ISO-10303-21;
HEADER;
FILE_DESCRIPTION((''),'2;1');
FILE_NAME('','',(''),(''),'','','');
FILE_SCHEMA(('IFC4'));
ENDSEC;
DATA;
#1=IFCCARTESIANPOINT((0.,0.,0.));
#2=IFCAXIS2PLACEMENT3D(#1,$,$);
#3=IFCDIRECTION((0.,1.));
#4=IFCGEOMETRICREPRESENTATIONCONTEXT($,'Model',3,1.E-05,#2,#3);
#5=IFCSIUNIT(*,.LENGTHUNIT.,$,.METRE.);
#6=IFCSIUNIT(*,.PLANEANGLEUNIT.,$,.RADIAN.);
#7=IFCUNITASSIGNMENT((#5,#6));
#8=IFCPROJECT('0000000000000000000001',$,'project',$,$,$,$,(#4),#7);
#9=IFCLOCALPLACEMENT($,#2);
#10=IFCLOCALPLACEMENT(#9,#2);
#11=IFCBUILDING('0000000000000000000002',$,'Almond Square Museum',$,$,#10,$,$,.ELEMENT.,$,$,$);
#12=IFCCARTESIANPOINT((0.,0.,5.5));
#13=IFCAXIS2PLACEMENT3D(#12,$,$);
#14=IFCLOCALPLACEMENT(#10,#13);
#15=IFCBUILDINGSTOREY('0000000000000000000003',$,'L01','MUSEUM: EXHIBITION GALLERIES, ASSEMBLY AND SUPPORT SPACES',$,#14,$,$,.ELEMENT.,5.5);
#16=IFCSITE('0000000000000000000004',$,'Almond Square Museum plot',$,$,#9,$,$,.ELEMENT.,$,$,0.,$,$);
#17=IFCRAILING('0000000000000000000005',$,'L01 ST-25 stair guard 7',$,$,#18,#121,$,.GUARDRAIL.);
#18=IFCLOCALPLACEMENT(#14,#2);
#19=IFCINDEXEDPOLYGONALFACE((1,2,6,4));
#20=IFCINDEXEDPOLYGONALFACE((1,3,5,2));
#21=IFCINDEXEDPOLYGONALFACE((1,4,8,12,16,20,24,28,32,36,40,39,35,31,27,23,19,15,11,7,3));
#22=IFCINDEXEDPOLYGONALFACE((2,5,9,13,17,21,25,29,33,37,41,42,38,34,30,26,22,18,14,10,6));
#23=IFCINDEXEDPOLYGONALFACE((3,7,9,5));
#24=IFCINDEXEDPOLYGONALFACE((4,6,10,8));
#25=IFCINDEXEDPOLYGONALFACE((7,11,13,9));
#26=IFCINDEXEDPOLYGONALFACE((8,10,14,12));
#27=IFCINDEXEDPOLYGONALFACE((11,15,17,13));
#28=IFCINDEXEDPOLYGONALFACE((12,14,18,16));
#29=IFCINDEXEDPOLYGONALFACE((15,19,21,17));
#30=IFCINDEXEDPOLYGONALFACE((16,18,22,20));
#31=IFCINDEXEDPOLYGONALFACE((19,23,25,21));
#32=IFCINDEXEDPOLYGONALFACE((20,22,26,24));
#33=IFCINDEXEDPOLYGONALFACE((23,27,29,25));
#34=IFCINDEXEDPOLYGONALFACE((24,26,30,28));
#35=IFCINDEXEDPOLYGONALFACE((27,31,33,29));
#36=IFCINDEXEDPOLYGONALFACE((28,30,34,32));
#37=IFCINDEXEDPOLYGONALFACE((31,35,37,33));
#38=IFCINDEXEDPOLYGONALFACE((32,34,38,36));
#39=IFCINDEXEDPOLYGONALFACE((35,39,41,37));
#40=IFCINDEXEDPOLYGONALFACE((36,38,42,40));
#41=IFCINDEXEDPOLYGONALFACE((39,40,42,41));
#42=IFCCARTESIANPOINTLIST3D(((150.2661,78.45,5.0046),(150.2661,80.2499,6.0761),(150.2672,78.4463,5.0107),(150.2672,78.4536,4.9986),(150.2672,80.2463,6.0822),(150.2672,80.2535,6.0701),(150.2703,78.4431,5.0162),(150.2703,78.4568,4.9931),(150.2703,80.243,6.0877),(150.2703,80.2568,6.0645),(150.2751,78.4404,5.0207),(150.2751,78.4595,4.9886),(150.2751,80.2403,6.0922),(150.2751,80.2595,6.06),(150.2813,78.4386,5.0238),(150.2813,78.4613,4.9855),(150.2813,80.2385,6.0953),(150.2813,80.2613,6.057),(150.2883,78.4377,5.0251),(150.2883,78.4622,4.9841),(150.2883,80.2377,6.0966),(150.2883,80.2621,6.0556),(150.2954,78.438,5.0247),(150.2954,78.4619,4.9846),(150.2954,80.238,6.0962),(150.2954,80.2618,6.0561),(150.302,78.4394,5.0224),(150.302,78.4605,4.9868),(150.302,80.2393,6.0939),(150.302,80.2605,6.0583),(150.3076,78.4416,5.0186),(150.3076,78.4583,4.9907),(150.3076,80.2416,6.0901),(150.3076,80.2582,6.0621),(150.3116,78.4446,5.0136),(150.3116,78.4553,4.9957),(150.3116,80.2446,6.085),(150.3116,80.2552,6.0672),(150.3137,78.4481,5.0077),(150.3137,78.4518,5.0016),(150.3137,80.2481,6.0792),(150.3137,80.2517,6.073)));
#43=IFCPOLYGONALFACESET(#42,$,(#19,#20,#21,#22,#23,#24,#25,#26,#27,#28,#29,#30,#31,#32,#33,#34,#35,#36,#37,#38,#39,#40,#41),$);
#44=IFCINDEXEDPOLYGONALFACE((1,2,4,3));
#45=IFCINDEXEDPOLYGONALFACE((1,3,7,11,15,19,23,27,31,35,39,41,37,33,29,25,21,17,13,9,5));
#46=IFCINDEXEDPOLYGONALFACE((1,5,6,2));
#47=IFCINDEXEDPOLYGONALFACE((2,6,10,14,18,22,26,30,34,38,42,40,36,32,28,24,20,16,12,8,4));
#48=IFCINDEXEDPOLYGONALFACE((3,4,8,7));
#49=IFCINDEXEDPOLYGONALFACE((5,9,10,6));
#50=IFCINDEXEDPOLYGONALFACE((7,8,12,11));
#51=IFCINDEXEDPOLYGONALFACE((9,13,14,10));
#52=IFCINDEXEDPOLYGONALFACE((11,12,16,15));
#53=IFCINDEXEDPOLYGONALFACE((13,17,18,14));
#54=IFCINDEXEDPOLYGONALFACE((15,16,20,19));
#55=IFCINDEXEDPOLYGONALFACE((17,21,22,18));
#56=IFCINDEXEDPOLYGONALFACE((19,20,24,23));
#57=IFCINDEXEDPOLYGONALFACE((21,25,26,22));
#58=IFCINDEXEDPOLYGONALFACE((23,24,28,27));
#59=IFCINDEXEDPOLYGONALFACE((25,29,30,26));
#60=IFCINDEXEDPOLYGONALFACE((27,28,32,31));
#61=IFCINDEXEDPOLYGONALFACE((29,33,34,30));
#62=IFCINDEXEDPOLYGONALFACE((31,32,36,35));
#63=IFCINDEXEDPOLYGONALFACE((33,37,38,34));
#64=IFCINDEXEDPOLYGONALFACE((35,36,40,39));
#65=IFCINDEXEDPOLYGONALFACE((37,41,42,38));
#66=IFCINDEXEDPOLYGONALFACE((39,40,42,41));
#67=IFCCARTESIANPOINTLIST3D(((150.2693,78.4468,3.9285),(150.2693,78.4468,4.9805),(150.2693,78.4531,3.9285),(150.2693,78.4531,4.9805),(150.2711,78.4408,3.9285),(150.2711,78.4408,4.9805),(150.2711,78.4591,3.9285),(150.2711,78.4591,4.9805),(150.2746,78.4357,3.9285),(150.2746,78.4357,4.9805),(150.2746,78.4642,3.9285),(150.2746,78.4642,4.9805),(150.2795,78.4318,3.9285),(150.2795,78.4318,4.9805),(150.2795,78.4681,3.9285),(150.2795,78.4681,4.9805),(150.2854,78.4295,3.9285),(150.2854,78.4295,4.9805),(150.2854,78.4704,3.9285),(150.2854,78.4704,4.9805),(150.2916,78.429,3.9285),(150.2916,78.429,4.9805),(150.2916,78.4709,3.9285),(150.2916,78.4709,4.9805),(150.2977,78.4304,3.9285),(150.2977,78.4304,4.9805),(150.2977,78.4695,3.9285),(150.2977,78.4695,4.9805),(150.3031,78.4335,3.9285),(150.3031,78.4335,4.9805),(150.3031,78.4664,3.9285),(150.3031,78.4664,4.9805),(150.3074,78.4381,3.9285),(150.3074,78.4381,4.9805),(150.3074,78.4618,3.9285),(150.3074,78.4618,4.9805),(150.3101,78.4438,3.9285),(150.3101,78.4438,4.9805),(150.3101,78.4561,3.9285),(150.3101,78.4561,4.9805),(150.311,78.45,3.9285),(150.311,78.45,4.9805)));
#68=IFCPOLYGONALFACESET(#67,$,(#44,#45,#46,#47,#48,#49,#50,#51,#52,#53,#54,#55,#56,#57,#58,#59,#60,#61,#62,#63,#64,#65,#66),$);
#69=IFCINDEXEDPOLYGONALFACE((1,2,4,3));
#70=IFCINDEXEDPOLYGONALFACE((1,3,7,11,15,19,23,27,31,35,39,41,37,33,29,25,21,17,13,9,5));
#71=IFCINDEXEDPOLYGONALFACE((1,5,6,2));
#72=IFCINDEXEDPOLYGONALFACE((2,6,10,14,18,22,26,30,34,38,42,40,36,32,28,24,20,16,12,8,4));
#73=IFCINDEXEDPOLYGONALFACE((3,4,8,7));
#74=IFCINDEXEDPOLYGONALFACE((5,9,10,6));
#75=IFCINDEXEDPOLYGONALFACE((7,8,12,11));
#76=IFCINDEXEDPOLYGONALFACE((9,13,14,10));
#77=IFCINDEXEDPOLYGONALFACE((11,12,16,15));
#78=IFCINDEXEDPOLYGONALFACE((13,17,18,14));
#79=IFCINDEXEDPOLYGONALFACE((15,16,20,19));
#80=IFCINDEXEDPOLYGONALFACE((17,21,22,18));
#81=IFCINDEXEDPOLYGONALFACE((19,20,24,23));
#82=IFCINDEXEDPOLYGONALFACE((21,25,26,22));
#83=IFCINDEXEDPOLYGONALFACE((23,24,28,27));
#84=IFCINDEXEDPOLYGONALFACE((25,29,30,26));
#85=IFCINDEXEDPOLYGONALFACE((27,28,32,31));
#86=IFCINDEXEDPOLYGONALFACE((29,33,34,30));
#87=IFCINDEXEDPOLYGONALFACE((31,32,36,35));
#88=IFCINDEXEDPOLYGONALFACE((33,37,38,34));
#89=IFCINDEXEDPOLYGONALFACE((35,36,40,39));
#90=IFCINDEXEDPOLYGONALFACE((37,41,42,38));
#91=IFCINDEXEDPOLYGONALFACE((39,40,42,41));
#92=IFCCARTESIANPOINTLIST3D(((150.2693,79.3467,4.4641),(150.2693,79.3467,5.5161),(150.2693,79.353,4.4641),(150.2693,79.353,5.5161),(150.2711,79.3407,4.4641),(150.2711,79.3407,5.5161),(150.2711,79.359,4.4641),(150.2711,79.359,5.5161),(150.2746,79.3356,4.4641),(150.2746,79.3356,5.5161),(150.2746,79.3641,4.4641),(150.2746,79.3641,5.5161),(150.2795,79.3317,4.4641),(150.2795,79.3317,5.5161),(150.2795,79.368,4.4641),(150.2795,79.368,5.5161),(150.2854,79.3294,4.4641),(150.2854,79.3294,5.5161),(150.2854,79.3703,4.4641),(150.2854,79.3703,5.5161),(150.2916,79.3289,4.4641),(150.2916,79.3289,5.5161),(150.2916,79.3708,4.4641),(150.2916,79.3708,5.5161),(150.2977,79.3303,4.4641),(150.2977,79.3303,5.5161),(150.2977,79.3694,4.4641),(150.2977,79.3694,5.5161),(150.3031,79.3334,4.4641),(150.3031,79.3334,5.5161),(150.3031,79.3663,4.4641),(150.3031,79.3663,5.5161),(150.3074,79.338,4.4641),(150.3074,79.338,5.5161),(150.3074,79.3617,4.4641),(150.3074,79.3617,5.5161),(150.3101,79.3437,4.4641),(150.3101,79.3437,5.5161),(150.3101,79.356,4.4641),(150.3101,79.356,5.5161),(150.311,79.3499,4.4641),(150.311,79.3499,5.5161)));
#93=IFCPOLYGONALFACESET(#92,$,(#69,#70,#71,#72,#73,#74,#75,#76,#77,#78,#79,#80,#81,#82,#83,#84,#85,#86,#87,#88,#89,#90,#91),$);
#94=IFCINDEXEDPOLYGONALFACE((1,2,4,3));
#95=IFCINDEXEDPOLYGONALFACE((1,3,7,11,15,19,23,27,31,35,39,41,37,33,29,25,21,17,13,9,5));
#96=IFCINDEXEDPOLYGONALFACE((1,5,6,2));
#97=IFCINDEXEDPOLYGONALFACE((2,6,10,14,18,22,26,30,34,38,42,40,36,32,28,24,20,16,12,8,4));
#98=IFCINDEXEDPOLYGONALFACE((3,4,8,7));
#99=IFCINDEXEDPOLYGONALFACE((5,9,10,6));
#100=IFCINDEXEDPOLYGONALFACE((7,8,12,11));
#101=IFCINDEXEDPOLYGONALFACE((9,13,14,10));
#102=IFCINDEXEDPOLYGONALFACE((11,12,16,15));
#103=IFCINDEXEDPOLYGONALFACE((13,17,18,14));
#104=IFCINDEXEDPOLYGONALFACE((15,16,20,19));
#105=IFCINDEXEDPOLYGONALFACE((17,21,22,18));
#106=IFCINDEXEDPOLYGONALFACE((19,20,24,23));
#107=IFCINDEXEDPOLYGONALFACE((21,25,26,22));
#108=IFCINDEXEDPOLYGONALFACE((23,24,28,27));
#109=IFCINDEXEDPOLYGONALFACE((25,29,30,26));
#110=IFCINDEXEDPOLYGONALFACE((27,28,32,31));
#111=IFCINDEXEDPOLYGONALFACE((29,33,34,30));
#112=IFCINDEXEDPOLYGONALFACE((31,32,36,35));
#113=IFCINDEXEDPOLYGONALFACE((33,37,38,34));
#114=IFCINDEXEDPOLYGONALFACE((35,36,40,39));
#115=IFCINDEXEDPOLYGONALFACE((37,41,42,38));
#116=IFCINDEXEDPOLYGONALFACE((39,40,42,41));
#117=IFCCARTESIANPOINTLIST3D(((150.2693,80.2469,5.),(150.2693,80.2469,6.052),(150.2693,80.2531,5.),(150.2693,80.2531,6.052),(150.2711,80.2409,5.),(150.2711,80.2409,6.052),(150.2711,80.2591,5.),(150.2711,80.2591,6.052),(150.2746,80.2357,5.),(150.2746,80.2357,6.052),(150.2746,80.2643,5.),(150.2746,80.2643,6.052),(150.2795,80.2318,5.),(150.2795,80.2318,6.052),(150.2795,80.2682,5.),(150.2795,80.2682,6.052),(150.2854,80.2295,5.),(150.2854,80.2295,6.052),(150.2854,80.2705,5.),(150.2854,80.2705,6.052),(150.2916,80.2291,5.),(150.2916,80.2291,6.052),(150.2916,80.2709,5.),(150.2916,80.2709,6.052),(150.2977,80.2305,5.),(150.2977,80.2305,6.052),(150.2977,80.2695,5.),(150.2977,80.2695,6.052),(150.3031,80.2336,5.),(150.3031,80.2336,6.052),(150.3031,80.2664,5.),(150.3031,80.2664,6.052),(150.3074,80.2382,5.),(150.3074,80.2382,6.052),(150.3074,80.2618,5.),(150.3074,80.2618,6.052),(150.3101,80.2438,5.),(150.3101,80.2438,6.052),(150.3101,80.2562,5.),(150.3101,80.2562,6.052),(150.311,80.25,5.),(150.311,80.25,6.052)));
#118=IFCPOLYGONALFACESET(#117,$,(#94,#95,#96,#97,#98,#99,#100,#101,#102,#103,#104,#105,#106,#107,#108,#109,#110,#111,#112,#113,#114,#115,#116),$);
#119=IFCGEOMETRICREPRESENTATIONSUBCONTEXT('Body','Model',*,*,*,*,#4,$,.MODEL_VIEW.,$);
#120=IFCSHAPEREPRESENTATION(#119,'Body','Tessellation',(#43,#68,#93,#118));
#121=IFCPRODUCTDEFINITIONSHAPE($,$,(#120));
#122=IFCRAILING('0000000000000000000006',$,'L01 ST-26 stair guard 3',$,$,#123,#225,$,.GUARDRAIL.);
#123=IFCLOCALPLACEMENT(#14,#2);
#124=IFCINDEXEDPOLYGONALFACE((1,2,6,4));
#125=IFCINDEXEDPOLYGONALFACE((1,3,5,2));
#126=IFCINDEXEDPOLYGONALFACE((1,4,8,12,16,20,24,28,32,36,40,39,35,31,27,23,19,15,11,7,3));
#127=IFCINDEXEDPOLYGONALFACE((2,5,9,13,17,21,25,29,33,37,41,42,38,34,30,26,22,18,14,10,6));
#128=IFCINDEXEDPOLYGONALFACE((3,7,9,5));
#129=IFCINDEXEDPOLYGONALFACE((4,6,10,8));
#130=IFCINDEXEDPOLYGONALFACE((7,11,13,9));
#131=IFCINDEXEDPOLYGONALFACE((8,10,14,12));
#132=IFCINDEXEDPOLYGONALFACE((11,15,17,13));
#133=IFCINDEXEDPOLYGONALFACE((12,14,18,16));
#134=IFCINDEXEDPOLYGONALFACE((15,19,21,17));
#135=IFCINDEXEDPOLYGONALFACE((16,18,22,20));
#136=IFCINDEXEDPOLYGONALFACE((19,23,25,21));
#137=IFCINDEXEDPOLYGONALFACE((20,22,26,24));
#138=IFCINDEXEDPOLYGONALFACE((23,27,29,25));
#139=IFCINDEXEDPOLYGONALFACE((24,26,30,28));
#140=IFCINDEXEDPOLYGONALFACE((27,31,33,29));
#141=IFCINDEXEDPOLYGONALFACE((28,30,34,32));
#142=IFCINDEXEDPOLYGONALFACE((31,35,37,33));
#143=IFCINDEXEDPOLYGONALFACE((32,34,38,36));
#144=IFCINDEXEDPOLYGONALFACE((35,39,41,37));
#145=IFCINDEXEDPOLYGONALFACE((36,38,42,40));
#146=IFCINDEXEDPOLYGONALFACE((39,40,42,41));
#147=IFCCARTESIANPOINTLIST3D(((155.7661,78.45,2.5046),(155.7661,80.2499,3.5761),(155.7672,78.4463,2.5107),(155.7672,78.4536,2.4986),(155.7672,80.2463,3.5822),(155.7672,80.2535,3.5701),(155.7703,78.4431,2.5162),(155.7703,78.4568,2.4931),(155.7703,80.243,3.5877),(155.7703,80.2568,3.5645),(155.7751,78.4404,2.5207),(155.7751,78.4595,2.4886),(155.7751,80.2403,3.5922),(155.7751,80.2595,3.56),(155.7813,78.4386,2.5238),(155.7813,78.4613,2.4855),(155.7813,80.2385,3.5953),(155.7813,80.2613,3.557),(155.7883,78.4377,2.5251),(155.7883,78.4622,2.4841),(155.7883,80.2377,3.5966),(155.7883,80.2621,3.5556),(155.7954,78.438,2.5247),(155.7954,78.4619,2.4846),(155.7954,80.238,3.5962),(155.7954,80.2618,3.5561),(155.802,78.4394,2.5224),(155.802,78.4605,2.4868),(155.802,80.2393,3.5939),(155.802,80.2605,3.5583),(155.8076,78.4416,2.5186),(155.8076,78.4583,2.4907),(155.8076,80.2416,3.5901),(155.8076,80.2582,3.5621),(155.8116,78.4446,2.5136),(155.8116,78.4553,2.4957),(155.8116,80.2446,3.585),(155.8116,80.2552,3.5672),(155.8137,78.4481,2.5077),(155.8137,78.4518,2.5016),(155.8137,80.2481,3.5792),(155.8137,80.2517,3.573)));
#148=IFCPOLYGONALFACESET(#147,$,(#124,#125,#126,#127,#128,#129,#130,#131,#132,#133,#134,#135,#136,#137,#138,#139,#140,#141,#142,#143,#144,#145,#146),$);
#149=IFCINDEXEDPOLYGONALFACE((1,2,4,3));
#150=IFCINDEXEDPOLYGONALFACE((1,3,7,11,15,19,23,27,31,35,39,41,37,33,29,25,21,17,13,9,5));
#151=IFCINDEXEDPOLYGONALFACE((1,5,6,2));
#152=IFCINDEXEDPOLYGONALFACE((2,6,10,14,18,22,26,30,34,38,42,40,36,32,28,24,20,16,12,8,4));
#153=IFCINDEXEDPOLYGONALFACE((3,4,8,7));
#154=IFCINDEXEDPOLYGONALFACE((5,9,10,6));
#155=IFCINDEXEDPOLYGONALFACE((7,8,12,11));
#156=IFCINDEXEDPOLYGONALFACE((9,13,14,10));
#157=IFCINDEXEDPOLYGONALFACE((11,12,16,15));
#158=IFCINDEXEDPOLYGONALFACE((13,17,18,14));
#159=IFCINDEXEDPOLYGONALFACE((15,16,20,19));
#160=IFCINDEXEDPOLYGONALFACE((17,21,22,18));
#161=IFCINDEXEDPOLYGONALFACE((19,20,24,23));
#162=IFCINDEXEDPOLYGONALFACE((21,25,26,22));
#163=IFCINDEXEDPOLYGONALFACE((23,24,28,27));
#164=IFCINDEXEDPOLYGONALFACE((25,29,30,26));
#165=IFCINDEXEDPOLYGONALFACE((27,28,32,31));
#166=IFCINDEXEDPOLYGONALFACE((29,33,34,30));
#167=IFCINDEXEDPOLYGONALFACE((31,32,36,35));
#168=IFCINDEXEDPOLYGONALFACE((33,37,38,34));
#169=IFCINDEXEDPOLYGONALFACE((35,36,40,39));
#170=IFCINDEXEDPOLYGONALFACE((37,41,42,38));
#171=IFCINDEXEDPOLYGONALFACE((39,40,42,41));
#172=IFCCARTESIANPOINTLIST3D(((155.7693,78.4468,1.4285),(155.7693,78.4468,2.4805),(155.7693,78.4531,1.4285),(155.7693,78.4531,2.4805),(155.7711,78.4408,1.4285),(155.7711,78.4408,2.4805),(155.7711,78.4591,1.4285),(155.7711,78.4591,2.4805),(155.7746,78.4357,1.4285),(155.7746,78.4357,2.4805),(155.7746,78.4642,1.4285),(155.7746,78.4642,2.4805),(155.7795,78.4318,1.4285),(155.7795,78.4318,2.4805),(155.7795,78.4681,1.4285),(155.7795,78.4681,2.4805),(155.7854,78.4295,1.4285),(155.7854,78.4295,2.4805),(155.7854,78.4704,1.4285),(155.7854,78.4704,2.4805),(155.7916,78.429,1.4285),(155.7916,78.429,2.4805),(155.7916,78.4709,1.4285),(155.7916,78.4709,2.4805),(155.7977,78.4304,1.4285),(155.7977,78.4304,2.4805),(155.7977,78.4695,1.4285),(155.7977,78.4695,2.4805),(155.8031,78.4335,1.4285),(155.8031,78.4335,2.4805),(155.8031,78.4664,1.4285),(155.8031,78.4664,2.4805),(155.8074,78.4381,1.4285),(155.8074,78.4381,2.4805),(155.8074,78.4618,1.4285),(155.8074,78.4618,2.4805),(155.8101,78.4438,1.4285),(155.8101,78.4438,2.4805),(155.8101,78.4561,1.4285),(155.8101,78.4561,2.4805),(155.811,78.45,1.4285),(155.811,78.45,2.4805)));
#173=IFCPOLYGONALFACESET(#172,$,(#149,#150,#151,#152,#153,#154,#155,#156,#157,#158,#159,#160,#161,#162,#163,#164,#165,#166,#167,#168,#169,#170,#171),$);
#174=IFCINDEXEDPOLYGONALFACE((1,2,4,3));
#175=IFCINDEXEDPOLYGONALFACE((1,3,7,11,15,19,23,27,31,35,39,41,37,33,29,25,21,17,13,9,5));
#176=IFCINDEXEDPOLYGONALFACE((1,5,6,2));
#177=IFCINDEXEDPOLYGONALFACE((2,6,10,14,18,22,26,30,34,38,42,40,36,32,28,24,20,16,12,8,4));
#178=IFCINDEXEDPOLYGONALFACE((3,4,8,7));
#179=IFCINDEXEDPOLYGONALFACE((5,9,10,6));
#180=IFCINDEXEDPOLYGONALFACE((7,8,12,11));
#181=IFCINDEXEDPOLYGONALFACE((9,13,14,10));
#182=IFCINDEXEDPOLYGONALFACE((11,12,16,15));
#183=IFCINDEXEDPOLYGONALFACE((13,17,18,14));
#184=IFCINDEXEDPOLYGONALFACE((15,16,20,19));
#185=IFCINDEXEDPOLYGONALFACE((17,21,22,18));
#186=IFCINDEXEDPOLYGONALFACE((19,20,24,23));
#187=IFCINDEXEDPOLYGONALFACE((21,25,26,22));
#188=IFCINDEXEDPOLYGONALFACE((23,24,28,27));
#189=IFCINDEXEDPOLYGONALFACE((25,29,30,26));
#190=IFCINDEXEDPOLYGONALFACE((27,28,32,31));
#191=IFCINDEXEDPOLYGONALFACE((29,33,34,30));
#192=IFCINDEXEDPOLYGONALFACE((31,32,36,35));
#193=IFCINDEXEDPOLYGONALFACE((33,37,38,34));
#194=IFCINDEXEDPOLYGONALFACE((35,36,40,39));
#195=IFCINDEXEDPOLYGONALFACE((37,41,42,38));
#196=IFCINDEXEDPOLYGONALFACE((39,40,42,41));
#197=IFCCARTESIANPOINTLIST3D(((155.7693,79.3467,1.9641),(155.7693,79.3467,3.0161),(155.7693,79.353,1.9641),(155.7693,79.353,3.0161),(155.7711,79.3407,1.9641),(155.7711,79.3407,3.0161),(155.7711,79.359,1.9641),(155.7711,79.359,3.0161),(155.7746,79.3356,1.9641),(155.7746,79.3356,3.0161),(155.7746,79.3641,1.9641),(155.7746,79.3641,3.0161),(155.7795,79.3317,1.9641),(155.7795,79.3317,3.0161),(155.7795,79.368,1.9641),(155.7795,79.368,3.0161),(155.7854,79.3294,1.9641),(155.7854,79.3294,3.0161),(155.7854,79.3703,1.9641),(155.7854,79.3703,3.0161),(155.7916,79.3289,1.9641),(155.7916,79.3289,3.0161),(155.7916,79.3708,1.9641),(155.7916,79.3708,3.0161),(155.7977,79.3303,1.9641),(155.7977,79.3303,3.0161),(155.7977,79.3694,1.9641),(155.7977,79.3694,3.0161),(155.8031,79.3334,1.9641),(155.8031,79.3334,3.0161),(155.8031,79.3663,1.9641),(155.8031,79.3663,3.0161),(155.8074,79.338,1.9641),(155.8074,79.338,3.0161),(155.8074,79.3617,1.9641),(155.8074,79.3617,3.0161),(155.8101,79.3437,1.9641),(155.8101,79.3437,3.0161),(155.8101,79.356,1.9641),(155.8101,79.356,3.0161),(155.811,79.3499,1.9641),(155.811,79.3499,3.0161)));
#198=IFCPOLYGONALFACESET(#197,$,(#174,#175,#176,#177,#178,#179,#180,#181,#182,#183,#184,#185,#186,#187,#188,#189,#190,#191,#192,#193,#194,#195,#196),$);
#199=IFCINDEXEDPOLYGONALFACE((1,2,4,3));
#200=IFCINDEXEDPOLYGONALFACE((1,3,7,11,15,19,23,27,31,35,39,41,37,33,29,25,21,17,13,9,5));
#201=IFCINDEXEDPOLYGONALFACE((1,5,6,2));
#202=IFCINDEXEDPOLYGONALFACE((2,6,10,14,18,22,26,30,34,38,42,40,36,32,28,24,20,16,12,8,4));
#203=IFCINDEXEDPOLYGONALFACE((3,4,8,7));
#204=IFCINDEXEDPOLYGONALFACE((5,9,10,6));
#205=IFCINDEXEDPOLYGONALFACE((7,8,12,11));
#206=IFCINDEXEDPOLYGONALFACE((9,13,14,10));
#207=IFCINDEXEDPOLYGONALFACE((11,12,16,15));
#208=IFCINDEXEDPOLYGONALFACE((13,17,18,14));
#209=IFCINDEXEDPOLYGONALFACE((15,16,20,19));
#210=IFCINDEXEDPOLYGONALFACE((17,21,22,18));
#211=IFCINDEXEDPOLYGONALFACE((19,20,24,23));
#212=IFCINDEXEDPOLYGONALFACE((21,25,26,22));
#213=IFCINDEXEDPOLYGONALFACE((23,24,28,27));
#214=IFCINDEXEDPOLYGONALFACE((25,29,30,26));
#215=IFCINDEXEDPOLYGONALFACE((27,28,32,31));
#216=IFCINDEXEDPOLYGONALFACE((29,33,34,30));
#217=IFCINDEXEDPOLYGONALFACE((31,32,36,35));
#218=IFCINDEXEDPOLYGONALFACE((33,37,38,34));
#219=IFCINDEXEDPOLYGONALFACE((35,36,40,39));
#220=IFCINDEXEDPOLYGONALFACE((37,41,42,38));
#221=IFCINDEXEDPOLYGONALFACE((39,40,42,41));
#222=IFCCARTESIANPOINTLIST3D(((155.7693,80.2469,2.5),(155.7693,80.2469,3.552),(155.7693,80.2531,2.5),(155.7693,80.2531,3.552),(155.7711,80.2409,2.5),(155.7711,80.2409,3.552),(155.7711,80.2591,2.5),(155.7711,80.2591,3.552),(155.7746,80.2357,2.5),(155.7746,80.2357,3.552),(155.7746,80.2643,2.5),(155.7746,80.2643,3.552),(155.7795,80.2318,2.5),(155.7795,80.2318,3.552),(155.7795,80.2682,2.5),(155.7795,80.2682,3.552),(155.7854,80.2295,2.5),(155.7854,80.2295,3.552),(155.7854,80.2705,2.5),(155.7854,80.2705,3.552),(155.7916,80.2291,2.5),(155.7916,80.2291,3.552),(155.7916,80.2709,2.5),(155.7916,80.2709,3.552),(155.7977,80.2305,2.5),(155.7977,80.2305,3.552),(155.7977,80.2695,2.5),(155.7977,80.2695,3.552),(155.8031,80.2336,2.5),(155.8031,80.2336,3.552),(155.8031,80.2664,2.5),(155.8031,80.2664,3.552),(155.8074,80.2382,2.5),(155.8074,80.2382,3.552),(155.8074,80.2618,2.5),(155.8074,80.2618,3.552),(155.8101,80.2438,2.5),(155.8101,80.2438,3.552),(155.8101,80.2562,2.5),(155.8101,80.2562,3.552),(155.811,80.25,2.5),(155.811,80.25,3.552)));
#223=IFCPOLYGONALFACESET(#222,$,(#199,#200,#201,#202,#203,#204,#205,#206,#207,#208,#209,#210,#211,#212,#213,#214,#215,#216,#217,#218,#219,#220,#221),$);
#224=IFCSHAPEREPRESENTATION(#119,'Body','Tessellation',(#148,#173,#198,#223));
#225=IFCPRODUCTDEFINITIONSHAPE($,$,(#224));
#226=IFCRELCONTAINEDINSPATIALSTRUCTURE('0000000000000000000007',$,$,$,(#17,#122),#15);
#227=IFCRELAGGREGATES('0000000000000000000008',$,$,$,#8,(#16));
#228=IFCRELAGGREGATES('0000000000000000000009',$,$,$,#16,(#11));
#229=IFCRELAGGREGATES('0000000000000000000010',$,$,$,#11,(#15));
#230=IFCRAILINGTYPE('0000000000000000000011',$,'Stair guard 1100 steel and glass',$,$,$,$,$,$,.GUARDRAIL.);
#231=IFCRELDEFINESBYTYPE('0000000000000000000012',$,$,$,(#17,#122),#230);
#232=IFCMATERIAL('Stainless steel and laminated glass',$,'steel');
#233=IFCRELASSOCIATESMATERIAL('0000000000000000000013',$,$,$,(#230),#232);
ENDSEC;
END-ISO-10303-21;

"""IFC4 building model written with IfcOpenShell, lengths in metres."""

from ifc_helpers import new_model, si_unit, direction, frame, origin, origin_2d, place, context, subcontext, project, spatial, circle, extrude, material, type_object, element, save


model = new_model("IFC4")

# Units and contexts
model_context = context("Model", 3, precision=1e-05, world=origin(), true_north=direction((0.0, 1.0)))
body_context = subcontext(model_context, "Body", "Model", "MODEL_VIEW")
ifc_project = project(units=[si_unit("LENGTHUNIT", "METRE"), si_unit("PLANEANGLEUNIT", "RADIAN")], contexts=[model_context])

# Site, building, storey
site_placement = place(None, origin())
site = spatial("IfcSite", under=ifc_project, at=site_placement, Name="Almond Square Museum plot", CompositionType="ELEMENT", RefElevation=0.0)
building_placement = place(site_placement, origin())
building = spatial("IfcBuilding", under=site, at=building_placement, Name="Almond Square Museum", CompositionType="ELEMENT")
storey_placement = place(building_placement, frame((0.0, 0.0, 5.5)))
storey = spatial("IfcBuildingStorey", under=building, at=storey_placement, Name="L01", Description="MUSEUM: EXHIBITION GALLERIES, ASSEMBLY AND SUPPORT SPACES", CompositionType="ELEMENT", Elevation=5.5)

# Railings
ifc_material_1 = material(Name="Stainless steel and laminated glass", Category="steel")
railing_type_1 = type_object("IfcRailingType", Name="Stair guard 1100 steel and glass", PredefinedType="GUARDRAIL", material=ifc_material_1)
for number, where, name in (
    (1, (150.29, 78.45, 3.9285), "L01 ST-25 stair guard 7"),
    (2, (155.79, 78.45, 1.4285), "L01 ST-26 stair guard 3"),
):
    element("IfcRailing", number, at=place(storey_placement, frame(where)), inside=storey, type_object=railing_type_1, Name=name, PredefinedType="GUARDRAIL", context=body_context, shape_type="SweptSolid", body=[
        extrude(circle(Radius=0.0239, at=origin_2d()), frame((0.0, 0.0, 1.0762), z_axis=(0.0, 0.859277, 0.51151), x_axis=(-1.0, 0.0, 0.0)), (0.0, 0.0, 1.0), 2.0947),
        extrude(circle(Radius=0.021, at=origin_2d()), origin(), (0.0, 0.0, 1.0), 1.052),
        extrude(circle(Radius=0.021, at=origin_2d()), frame((0.0, 0.8999, 0.5356)), (0.0, 0.0, 1.0), 1.052),
        extrude(circle(Radius=0.021, at=origin_2d()), frame((0.0, 1.8, 1.0715)), (0.0, 0.0, 1.0), 1.052),
    ])

save(model, "model.ifc")
